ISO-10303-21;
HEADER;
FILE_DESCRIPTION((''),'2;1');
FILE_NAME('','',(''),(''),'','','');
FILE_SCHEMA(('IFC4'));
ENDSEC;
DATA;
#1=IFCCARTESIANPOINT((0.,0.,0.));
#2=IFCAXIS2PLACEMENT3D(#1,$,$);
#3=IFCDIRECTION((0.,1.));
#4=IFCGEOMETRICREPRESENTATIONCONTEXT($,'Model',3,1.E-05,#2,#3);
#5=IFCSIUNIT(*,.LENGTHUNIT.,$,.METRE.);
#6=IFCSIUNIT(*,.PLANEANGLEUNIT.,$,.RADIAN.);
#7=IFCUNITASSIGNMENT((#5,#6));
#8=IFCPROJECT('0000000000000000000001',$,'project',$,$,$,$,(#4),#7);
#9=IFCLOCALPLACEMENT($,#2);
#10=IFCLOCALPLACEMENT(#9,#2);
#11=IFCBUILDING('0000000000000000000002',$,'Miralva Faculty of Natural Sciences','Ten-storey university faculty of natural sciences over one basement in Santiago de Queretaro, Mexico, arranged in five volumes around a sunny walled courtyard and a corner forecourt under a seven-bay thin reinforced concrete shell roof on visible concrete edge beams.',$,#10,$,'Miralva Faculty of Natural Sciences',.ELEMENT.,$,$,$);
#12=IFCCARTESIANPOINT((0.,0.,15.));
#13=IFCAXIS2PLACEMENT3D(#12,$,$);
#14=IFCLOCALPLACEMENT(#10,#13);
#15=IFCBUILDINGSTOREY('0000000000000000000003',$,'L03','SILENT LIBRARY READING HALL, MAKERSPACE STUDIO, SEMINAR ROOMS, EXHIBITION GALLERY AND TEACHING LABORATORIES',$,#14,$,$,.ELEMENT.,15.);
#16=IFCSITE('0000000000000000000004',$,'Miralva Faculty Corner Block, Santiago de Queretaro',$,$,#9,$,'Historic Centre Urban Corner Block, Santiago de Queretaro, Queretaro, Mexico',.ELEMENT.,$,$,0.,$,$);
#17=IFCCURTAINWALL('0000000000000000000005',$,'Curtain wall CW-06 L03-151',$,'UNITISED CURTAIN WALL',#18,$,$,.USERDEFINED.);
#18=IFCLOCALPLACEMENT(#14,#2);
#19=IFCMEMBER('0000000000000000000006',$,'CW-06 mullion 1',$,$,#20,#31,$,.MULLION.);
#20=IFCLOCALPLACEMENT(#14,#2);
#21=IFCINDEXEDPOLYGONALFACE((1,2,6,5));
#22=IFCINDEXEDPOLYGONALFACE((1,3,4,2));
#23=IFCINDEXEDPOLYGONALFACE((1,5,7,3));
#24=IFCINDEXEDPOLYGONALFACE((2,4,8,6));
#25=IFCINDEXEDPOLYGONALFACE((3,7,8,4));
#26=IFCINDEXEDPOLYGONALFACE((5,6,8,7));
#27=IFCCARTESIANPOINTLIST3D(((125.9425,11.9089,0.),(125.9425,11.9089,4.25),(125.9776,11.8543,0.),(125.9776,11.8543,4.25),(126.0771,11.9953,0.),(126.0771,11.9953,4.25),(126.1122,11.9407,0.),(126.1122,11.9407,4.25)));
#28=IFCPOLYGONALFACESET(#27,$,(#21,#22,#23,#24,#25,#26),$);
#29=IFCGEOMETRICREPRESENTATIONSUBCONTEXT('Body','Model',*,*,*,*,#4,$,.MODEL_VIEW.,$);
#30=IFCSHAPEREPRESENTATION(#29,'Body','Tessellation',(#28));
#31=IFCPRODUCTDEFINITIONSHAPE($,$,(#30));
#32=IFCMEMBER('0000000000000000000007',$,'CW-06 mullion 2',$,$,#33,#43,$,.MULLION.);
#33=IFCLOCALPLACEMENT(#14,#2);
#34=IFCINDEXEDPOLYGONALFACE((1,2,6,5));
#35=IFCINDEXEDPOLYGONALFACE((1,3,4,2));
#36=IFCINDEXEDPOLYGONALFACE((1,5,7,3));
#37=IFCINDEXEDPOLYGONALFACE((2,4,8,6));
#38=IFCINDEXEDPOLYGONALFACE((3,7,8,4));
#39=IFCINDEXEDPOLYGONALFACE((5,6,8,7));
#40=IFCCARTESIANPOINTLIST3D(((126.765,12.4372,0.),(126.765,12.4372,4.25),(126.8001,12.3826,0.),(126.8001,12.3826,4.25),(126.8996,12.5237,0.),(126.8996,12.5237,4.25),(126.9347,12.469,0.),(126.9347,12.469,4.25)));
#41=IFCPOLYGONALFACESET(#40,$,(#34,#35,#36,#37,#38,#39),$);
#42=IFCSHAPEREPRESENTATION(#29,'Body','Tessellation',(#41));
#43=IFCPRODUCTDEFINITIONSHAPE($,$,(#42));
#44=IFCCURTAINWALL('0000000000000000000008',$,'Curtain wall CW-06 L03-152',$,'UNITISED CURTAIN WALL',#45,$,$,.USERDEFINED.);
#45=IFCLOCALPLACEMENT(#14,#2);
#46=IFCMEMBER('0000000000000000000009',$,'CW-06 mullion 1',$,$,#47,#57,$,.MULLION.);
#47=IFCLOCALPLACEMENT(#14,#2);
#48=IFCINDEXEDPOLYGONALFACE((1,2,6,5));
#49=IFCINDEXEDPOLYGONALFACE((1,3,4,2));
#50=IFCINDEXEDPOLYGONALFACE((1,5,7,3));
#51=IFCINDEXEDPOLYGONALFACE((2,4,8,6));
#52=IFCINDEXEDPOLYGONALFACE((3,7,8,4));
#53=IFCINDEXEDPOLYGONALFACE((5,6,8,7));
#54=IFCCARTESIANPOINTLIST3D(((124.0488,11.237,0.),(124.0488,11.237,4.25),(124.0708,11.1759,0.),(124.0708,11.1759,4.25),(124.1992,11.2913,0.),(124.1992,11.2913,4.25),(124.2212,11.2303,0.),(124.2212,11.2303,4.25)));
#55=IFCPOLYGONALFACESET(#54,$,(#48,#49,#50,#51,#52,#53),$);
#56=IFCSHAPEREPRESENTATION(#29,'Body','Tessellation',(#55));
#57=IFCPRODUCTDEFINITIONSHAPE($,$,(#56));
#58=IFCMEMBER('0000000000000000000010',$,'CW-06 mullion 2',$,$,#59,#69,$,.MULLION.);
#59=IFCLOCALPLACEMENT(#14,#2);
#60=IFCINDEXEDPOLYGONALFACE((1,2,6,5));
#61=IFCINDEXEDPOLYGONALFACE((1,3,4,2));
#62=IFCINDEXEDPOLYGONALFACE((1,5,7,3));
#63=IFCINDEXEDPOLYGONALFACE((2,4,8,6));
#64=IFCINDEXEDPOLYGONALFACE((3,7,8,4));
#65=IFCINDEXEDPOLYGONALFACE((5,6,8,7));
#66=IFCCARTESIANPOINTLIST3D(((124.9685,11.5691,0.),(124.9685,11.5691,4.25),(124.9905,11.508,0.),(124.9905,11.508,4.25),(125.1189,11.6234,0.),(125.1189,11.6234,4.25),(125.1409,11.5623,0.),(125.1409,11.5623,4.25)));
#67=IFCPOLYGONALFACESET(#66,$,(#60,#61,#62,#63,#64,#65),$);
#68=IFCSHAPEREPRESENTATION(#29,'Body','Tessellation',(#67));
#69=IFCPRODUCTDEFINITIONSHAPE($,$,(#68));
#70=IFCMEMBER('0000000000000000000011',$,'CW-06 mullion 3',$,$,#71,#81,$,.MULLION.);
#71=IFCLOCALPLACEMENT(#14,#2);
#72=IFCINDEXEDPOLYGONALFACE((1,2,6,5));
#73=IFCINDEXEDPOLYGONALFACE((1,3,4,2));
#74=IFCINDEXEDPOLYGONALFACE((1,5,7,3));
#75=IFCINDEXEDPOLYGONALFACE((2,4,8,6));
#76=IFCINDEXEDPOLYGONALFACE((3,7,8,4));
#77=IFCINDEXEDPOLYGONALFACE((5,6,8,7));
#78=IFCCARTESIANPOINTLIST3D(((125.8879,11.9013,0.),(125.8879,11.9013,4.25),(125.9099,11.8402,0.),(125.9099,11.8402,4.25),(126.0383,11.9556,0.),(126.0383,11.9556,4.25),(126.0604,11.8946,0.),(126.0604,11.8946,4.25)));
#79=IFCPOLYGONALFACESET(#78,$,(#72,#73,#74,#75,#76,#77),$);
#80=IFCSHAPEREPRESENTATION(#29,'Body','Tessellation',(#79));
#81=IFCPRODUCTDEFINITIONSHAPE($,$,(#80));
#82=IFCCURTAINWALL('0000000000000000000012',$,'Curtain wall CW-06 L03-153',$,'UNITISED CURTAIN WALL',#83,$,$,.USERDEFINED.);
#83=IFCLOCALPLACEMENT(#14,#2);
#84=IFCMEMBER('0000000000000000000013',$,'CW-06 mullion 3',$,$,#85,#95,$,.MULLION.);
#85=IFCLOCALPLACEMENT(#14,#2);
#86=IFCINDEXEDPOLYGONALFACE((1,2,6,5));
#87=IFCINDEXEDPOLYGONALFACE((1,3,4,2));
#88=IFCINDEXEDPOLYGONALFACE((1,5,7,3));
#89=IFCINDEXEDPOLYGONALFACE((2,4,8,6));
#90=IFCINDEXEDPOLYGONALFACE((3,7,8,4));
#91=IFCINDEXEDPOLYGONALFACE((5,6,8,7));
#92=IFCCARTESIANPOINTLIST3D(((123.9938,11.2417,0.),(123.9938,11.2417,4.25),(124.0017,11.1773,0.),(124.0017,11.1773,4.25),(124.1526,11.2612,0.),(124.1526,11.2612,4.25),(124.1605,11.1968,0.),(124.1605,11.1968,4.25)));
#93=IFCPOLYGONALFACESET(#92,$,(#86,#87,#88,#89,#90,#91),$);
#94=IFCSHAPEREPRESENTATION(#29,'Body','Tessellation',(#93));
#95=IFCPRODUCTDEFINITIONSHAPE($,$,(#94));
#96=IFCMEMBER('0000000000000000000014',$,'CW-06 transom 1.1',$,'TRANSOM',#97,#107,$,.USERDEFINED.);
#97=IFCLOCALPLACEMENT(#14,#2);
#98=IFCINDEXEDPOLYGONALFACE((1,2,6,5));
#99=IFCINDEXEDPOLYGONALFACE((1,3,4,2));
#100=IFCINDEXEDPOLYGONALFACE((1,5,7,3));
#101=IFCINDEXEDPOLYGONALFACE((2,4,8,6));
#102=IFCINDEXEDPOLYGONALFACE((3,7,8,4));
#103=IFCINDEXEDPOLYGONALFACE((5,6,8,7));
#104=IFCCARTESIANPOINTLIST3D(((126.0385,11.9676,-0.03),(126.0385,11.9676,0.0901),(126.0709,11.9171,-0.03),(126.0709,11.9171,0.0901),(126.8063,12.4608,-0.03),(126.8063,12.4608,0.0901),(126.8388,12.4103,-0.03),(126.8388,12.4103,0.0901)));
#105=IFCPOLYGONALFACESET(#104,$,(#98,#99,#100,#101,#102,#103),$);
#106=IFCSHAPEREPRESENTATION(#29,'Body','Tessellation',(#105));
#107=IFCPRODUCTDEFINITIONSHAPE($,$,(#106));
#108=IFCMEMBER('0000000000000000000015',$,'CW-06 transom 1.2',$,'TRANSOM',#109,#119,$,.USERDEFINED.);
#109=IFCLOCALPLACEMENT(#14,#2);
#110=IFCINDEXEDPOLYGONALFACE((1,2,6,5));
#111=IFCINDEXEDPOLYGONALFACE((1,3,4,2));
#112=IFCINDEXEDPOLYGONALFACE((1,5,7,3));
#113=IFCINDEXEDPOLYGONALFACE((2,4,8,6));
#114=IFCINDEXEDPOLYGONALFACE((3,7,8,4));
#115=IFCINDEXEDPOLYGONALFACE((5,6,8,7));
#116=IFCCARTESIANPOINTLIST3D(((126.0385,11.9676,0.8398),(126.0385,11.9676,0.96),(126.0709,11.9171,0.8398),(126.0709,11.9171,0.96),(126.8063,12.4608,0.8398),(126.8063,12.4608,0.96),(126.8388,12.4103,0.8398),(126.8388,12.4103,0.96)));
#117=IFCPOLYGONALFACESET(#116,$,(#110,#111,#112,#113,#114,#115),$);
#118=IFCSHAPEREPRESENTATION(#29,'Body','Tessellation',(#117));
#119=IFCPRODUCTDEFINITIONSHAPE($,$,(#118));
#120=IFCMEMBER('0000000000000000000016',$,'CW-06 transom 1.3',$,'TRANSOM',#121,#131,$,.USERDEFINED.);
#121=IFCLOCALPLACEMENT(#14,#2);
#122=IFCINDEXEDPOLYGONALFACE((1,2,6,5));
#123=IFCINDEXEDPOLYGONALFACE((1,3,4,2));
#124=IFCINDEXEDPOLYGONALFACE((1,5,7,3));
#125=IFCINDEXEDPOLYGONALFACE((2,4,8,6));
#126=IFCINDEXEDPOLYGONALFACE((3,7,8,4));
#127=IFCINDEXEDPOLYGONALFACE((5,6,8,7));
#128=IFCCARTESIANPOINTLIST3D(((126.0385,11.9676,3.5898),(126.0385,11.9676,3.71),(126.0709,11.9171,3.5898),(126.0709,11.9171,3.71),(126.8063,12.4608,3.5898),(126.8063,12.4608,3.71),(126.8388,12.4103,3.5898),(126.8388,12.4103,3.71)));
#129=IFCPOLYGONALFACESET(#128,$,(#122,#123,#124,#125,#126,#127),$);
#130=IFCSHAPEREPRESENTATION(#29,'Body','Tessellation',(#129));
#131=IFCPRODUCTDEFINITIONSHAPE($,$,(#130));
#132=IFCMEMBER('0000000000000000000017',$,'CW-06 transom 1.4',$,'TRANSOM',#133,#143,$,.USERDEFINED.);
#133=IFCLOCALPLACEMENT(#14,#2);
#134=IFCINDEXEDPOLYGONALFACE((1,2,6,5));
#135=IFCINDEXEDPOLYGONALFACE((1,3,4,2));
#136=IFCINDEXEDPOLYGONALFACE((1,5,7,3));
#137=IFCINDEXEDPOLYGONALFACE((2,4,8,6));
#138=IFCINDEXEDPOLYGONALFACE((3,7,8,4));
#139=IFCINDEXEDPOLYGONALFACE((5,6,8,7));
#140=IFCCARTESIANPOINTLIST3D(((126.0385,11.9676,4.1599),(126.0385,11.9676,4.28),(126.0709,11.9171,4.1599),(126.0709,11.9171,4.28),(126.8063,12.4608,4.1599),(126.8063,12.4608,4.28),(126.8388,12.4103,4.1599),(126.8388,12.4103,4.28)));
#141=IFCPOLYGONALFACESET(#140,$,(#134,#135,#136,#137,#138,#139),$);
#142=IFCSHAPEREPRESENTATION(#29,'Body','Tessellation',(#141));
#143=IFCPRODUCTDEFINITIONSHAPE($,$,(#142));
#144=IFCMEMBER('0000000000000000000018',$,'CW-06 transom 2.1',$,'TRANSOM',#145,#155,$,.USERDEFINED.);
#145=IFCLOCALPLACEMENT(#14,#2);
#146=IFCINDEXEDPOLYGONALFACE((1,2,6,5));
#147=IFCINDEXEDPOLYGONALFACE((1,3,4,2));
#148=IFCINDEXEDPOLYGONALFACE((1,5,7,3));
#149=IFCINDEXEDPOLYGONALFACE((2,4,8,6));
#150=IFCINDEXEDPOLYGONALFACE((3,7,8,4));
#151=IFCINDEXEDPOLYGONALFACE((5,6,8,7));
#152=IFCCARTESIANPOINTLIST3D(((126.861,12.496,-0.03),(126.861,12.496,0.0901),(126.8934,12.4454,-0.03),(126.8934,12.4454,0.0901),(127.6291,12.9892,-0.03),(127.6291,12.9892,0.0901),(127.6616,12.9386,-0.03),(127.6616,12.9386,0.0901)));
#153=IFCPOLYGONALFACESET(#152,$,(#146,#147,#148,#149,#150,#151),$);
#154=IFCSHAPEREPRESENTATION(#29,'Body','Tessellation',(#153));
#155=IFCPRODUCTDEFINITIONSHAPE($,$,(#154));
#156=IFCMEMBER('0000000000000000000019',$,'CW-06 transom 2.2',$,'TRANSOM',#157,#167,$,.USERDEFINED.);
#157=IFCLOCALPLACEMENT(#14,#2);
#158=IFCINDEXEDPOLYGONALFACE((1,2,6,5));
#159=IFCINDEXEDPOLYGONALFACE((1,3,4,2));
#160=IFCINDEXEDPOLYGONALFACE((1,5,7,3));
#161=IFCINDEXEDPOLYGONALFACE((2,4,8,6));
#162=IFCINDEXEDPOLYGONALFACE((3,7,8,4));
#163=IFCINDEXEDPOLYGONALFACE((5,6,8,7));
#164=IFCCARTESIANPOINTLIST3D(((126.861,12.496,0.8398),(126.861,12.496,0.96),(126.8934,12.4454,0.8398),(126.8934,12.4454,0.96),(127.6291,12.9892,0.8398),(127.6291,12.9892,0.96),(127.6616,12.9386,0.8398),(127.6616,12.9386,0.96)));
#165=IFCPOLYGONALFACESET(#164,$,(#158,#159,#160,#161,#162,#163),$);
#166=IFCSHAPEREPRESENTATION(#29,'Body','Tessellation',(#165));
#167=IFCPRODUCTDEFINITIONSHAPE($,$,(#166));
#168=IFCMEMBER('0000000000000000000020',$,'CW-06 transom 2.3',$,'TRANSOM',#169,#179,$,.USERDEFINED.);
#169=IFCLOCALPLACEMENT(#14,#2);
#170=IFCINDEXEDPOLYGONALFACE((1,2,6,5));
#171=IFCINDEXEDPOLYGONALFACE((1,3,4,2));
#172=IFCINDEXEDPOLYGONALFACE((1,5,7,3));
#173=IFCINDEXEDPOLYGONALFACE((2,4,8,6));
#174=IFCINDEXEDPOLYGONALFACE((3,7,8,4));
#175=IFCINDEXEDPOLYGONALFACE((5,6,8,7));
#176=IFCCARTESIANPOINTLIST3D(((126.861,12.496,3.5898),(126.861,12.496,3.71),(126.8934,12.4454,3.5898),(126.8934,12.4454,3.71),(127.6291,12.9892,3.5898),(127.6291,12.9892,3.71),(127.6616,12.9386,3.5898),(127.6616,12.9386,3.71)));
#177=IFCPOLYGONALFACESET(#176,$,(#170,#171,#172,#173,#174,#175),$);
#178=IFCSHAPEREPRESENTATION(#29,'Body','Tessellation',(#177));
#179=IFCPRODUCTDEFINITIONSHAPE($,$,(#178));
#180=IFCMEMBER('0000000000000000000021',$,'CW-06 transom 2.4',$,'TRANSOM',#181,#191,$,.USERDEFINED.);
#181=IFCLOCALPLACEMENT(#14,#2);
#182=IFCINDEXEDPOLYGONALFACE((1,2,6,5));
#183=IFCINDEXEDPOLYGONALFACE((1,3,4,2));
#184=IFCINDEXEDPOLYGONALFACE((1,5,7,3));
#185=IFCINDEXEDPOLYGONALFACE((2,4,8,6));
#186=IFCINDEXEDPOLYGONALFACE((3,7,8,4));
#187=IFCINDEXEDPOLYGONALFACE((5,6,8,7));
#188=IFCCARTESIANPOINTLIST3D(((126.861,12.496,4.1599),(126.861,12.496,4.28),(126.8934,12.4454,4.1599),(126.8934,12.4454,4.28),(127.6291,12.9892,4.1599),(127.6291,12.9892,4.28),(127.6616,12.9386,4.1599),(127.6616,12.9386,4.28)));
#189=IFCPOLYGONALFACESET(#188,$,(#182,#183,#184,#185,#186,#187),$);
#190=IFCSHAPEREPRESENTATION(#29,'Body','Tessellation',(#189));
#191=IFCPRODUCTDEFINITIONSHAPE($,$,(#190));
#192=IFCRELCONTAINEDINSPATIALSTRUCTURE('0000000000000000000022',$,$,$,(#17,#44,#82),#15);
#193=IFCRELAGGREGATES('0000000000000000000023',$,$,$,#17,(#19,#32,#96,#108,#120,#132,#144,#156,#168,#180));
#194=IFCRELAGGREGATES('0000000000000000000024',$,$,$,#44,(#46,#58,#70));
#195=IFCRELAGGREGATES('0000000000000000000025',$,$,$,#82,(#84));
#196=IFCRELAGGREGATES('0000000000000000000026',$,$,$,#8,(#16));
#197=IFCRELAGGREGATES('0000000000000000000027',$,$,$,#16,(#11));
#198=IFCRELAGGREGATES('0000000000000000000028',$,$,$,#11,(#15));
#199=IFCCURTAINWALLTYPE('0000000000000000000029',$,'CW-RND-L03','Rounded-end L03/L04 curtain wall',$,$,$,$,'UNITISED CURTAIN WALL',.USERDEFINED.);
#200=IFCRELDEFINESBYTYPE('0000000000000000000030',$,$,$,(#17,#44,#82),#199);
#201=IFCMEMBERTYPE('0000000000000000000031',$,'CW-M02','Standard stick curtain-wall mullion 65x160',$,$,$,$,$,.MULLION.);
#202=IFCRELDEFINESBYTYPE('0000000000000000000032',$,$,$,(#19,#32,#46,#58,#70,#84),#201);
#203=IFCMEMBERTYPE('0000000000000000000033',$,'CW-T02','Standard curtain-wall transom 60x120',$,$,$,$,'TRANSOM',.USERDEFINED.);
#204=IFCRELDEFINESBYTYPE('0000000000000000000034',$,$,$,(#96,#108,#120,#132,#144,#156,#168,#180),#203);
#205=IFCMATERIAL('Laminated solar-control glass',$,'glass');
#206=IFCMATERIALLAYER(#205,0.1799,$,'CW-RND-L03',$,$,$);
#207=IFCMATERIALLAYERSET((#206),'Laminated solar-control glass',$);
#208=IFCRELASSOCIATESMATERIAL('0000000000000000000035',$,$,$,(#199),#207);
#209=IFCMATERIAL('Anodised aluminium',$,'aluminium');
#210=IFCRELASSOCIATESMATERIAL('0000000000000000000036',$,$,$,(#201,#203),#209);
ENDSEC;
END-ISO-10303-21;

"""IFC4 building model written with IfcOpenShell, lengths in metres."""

from ifc_helpers import new_model, si_unit, direction, frame, origin, origin_2d, place, context, subcontext, project, spatial, rectangle, extrude, material, layer, layer_set, material_profile, profile_set, type_object, element, aggregate, save


model = new_model("IFC4")

# Units and contexts
model_context = context("Model", 3, precision=1e-05, world=origin(), true_north=direction((0.0, 1.0)))
body_context = subcontext(model_context, "Body", "Model", "MODEL_VIEW")
ifc_project = project(units=[si_unit("LENGTHUNIT", "METRE"), si_unit("PLANEANGLEUNIT", "RADIAN")], contexts=[model_context])

# Site, building, storey
site_placement = place(None, origin())
site = spatial("IfcSite", under=ifc_project, at=site_placement, Name="Miralva Faculty Corner Block, Santiago de Queretaro", LongName="Historic Centre Urban Corner Block, Santiago de Queretaro, Queretaro, Mexico", CompositionType="ELEMENT", RefElevation=0.0)
building_placement = place(site_placement, origin())
building = spatial("IfcBuilding", under=site, at=building_placement, Name="Miralva Faculty of Natural Sciences", Description="Ten-storey university faculty of natural sciences over one basement in Santiago de Queretaro, Mexico, arranged in five volumes around a sunny walled courtyard and a corner forecourt under a seven-bay thin reinforced concrete shell roof on visible concrete edge beams.", LongName="Miralva Faculty of Natural Sciences", CompositionType="ELEMENT")
storey_placement = place(building_placement, frame((0.0, 0.0, 15.0)))
storey = spatial("IfcBuildingStorey", under=building, at=storey_placement, Name="L03", Description="SILENT LIBRARY READING HALL, MAKERSPACE STUDIO, SEMINAR ROOMS, EXHIBITION GALLERY AND TEACHING LABORATORIES", CompositionType="ELEMENT", Elevation=15.0)

# Curtain walls, members
ifc_material_1 = material(Name="Laminated solar-control glass", Category="glass")
ifc_layer_1 = layer(ifc_material_1, 0.1799, Name="CW-RND-L03")
ifc_layer_set_1 = layer_set([ifc_layer_1], Name="Laminated solar-control glass")
curtain_wall_type = type_object("IfcCurtainWallType", Name="CW-RND-L03", Description="Rounded-end L03/L04 curtain wall", ElementType="UNITISED CURTAIN WALL", PredefinedType="USERDEFINED", material=ifc_layer_set_1)
curtain_wall_1_placement = place(storey_placement, origin())
curtain_wall_1 = element("IfcCurtainWall", 1, at=curtain_wall_1_placement, inside=storey, type_object=curtain_wall_type, Name="Curtain wall CW-06 L03-151", ObjectType="UNITISED CURTAIN WALL", PredefinedType="USERDEFINED")
ifc_material_2 = material(Name="Anodised aluminium", Category="aluminium")
ifc_material_profile_1 = material_profile(ifc_material_2, rectangle(XDim=0.0649, YDim=0.1599, at=origin_2d()), Name="MULLION 65x160")
ifc_profile_set_1 = profile_set([ifc_material_profile_1], Name="Anodised aluminium")
member_type_1 = type_object("IfcMemberType", Name="CW-M02", Description="Standard stick curtain-wall mullion 65x160", PredefinedType="MULLION", material=ifc_profile_set_1)
member_1_placement = place(storey_placement, frame((126.0273, 11.9248, 0.0), z_axis=(0.0, 0.0, 1.0), x_axis=(-0.540445, 0.841379, 0.0)))
member_1 = element("IfcMember", 2, at=member_1_placement, type_object=member_type_1, Name="CW-06 mullion 1", PredefinedType="MULLION", context=body_context, shape_type="SweptSolid", body=[
    extrude(rectangle(XDim=0.0649, YDim=0.1599, at=origin_2d()), origin(), (0.0, 0.0, 1.0), 4.25),
])
member_2_placement = place(storey_placement, frame((126.8499, 12.4531, 0.0), z_axis=(0.0, 0.0, 1.0), x_axis=(-0.540445, 0.841379, 0.0)))
member_2 = element("IfcMember", 3, at=member_2_placement, type_object=member_type_1, Name="CW-06 mullion 2", PredefinedType="MULLION", context=body_context, shape_type="SweptSolid", body=[
    extrude(rectangle(XDim=0.0649, YDim=0.1599, at=origin_2d()), origin(), (0.0, 0.0, 1.0), 4.25),
])
curtain_wall_2_placement = place(storey_placement, origin())
curtain_wall_2 = element("IfcCurtainWall", 4, at=curtain_wall_2_placement, inside=storey, type_object=curtain_wall_type, Name="Curtain wall CW-06 L03-152", ObjectType="UNITISED CURTAIN WALL", PredefinedType="USERDEFINED")
member_3_placement = place(storey_placement, frame((124.135, 11.2336, 0.0), z_axis=(0.0, 0.0, 1.0), x_axis=(-0.339696, 0.940535, 0.0)))
member_3 = element("IfcMember", 5, at=member_3_placement, type_object=member_type_1, Name="CW-06 mullion 1", PredefinedType="MULLION", context=body_context, shape_type="SweptSolid", body=[
    extrude(rectangle(XDim=0.0649, YDim=0.1599, at=origin_2d()), origin(), (0.0, 0.0, 1.0), 4.25),
])
member_4_placement = place(storey_placement, frame((125.0547, 11.5657, 0.0), z_axis=(0.0, 0.0, 1.0), x_axis=(-0.339696, 0.940535, 0.0)))
member_4 = element("IfcMember", 6, at=member_4_placement, type_object=member_type_1, Name="CW-06 mullion 2", PredefinedType="MULLION", context=body_context, shape_type="SweptSolid", body=[
    extrude(rectangle(XDim=0.0649, YDim=0.1599, at=origin_2d()), origin(), (0.0, 0.0, 1.0), 4.25),
])
member_5_placement = place(storey_placement, frame((125.9741, 11.8979, 0.0), z_axis=(0.0, 0.0, 1.0), x_axis=(-0.339696, 0.940535, 0.0)))
member_5 = element("IfcMember", 7, at=member_5_placement, type_object=member_type_1, Name="CW-06 mullion 3", PredefinedType="MULLION", context=body_context, shape_type="SweptSolid", body=[
    extrude(rectangle(XDim=0.0649, YDim=0.1599, at=origin_2d()), origin(), (0.0, 0.0, 1.0), 4.25),
])

# Curtain wall, member
curtain_wall_3_placement = place(storey_placement, origin())
curtain_wall_3 = element("IfcCurtainWall", 8, at=curtain_wall_3_placement, inside=storey, type_object=curtain_wall_type, Name="Curtain wall CW-06 L03-153", ObjectType="UNITISED CURTAIN WALL", PredefinedType="USERDEFINED")
member_6_placement = place(storey_placement, frame((124.0771, 11.2192, 0.0), z_axis=(0.0, 0.0, 1.0), x_axis=(-0.12186, 0.992547, 0.0)))
member_6 = element("IfcMember", 9, at=member_6_placement, type_object=member_type_1, Name="CW-06 mullion 3", PredefinedType="MULLION", context=body_context, shape_type="SweptSolid", body=[
    extrude(rectangle(XDim=0.0649, YDim=0.1599, at=origin_2d()), origin(), (0.0, 0.0, 1.0), 4.25),
])

# Members
ifc_material_profile_2 = material_profile(ifc_material_2, rectangle(XDim=0.0601, YDim=0.1201, at=origin_2d()), Name="TRANSOM 60x120")
ifc_profile_set_2 = profile_set([ifc_material_profile_2], Name="Anodised aluminium")
member_type_2 = type_object("IfcMemberType", Name="CW-T02", Description="Standard curtain-wall transom 60x120", ElementType="TRANSOM", PredefinedType="USERDEFINED", material=ifc_profile_set_2)
member_7_placement = place(storey_placement, frame((126.0547, 11.9424, 0.03), z_axis=(0.841396, 0.54042, 0.0), x_axis=(-0.54042, 0.841396, 0.0)))
member_7 = element("IfcMember", 10, at=member_7_placement, type_object=member_type_2, Name="CW-06 transom 1.1", ObjectType="TRANSOM", PredefinedType="USERDEFINED", context=body_context, shape_type="SweptSolid", body=[
    extrude(rectangle(XDim=0.0601, YDim=0.1201, at=origin_2d()), origin(), (0.0, 0.0, 1.0), 0.9126),
])
member_8_placement = place(storey_placement, frame((126.0547, 11.9424, 0.8999), z_axis=(0.841396, 0.54042, 0.0), x_axis=(-0.54042, 0.841396, 0.0)))
member_8 = element("IfcMember", 11, at=member_8_placement, type_object=member_type_2, Name="CW-06 transom 1.2", ObjectType="TRANSOM", PredefinedType="USERDEFINED", context=body_context, shape_type="SweptSolid", body=[
    extrude(rectangle(XDim=0.0601, YDim=0.1201, at=origin_2d()), origin(), (0.0, 0.0, 1.0), 0.9126),
])
member_9_placement = place(storey_placement, frame((126.0547, 11.9424, 3.6499), z_axis=(0.841396, 0.54042, 0.0), x_axis=(-0.54042, 0.841396, 0.0)))
member_9 = element("IfcMember", 12, at=member_9_placement, type_object=member_type_2, Name="CW-06 transom 1.3", ObjectType="TRANSOM", PredefinedType="USERDEFINED", context=body_context, shape_type="SweptSolid", body=[
    extrude(rectangle(XDim=0.0601, YDim=0.1201, at=origin_2d()), origin(), (0.0, 0.0, 1.0), 0.9126),
])
member_10_placement = place(storey_placement, frame((126.0547, 11.9424, 4.22), z_axis=(0.841396, 0.54042, 0.0), x_axis=(-0.54042, 0.841396, 0.0)))
member_10 = element("IfcMember", 13, at=member_10_placement, type_object=member_type_2, Name="CW-06 transom 1.4", ObjectType="TRANSOM", PredefinedType="USERDEFINED", context=body_context, shape_type="SweptSolid", body=[
    extrude(rectangle(XDim=0.0601, YDim=0.1201, at=origin_2d()), origin(), (0.0, 0.0, 1.0), 0.9126),
])
member_11_placement = place(storey_placement, frame((126.8772, 12.4707, 0.03), z_axis=(0.841474, 0.540298, 0.0), x_axis=(-0.540298, 0.841474, 0.0)))
member_11 = element("IfcMember", 14, at=member_11_placement, type_object=member_type_2, Name="CW-06 transom 2.1", ObjectType="TRANSOM", PredefinedType="USERDEFINED", context=body_context, shape_type="SweptSolid", body=[
    extrude(rectangle(XDim=0.0601, YDim=0.1201, at=origin_2d()), origin(), (0.0, 0.0, 1.0), 0.9128),
])
member_12_placement = place(storey_placement, frame((126.8772, 12.4707, 0.8999), z_axis=(0.841474, 0.540298, 0.0), x_axis=(-0.540298, 0.841474, 0.0)))
member_12 = element("IfcMember", 15, at=member_12_placement, type_object=member_type_2, Name="CW-06 transom 2.2", ObjectType="TRANSOM", PredefinedType="USERDEFINED", context=body_context, shape_type="SweptSolid", body=[
    extrude(rectangle(XDim=0.0601, YDim=0.1201, at=origin_2d()), origin(), (0.0, 0.0, 1.0), 0.9128),
])
member_13_placement = place(storey_placement, frame((126.8772, 12.4707, 3.6499), z_axis=(0.841474, 0.540298, 0.0), x_axis=(-0.540298, 0.841474, 0.0)))
member_13 = element("IfcMember", 16, at=member_13_placement, type_object=member_type_2, Name="CW-06 transom 2.3", ObjectType="TRANSOM", PredefinedType="USERDEFINED", context=body_context, shape_type="SweptSolid", body=[
    extrude(rectangle(XDim=0.0601, YDim=0.1201, at=origin_2d()), origin(), (0.0, 0.0, 1.0), 0.9128),
])
member_14_placement = place(storey_placement, frame((126.8772, 12.4707, 4.22), z_axis=(0.841474, 0.540298, 0.0), x_axis=(-0.540298, 0.841474, 0.0)))
member_14 = element("IfcMember", 17, at=member_14_placement, type_object=member_type_2, Name="CW-06 transom 2.4", ObjectType="TRANSOM", PredefinedType="USERDEFINED", context=body_context, shape_type="SweptSolid", body=[
    extrude(rectangle(XDim=0.0601, YDim=0.1201, at=origin_2d()), origin(), (0.0, 0.0, 1.0), 0.9128),
])

aggregate(curtain_wall_1, [member_1, member_2, member_7, member_8, member_9, member_10, member_11, member_12, member_13, member_14])
aggregate(curtain_wall_2, [member_3, member_4, member_5])
aggregate(curtain_wall_3, [member_6])

save(model, "model.ifc")
